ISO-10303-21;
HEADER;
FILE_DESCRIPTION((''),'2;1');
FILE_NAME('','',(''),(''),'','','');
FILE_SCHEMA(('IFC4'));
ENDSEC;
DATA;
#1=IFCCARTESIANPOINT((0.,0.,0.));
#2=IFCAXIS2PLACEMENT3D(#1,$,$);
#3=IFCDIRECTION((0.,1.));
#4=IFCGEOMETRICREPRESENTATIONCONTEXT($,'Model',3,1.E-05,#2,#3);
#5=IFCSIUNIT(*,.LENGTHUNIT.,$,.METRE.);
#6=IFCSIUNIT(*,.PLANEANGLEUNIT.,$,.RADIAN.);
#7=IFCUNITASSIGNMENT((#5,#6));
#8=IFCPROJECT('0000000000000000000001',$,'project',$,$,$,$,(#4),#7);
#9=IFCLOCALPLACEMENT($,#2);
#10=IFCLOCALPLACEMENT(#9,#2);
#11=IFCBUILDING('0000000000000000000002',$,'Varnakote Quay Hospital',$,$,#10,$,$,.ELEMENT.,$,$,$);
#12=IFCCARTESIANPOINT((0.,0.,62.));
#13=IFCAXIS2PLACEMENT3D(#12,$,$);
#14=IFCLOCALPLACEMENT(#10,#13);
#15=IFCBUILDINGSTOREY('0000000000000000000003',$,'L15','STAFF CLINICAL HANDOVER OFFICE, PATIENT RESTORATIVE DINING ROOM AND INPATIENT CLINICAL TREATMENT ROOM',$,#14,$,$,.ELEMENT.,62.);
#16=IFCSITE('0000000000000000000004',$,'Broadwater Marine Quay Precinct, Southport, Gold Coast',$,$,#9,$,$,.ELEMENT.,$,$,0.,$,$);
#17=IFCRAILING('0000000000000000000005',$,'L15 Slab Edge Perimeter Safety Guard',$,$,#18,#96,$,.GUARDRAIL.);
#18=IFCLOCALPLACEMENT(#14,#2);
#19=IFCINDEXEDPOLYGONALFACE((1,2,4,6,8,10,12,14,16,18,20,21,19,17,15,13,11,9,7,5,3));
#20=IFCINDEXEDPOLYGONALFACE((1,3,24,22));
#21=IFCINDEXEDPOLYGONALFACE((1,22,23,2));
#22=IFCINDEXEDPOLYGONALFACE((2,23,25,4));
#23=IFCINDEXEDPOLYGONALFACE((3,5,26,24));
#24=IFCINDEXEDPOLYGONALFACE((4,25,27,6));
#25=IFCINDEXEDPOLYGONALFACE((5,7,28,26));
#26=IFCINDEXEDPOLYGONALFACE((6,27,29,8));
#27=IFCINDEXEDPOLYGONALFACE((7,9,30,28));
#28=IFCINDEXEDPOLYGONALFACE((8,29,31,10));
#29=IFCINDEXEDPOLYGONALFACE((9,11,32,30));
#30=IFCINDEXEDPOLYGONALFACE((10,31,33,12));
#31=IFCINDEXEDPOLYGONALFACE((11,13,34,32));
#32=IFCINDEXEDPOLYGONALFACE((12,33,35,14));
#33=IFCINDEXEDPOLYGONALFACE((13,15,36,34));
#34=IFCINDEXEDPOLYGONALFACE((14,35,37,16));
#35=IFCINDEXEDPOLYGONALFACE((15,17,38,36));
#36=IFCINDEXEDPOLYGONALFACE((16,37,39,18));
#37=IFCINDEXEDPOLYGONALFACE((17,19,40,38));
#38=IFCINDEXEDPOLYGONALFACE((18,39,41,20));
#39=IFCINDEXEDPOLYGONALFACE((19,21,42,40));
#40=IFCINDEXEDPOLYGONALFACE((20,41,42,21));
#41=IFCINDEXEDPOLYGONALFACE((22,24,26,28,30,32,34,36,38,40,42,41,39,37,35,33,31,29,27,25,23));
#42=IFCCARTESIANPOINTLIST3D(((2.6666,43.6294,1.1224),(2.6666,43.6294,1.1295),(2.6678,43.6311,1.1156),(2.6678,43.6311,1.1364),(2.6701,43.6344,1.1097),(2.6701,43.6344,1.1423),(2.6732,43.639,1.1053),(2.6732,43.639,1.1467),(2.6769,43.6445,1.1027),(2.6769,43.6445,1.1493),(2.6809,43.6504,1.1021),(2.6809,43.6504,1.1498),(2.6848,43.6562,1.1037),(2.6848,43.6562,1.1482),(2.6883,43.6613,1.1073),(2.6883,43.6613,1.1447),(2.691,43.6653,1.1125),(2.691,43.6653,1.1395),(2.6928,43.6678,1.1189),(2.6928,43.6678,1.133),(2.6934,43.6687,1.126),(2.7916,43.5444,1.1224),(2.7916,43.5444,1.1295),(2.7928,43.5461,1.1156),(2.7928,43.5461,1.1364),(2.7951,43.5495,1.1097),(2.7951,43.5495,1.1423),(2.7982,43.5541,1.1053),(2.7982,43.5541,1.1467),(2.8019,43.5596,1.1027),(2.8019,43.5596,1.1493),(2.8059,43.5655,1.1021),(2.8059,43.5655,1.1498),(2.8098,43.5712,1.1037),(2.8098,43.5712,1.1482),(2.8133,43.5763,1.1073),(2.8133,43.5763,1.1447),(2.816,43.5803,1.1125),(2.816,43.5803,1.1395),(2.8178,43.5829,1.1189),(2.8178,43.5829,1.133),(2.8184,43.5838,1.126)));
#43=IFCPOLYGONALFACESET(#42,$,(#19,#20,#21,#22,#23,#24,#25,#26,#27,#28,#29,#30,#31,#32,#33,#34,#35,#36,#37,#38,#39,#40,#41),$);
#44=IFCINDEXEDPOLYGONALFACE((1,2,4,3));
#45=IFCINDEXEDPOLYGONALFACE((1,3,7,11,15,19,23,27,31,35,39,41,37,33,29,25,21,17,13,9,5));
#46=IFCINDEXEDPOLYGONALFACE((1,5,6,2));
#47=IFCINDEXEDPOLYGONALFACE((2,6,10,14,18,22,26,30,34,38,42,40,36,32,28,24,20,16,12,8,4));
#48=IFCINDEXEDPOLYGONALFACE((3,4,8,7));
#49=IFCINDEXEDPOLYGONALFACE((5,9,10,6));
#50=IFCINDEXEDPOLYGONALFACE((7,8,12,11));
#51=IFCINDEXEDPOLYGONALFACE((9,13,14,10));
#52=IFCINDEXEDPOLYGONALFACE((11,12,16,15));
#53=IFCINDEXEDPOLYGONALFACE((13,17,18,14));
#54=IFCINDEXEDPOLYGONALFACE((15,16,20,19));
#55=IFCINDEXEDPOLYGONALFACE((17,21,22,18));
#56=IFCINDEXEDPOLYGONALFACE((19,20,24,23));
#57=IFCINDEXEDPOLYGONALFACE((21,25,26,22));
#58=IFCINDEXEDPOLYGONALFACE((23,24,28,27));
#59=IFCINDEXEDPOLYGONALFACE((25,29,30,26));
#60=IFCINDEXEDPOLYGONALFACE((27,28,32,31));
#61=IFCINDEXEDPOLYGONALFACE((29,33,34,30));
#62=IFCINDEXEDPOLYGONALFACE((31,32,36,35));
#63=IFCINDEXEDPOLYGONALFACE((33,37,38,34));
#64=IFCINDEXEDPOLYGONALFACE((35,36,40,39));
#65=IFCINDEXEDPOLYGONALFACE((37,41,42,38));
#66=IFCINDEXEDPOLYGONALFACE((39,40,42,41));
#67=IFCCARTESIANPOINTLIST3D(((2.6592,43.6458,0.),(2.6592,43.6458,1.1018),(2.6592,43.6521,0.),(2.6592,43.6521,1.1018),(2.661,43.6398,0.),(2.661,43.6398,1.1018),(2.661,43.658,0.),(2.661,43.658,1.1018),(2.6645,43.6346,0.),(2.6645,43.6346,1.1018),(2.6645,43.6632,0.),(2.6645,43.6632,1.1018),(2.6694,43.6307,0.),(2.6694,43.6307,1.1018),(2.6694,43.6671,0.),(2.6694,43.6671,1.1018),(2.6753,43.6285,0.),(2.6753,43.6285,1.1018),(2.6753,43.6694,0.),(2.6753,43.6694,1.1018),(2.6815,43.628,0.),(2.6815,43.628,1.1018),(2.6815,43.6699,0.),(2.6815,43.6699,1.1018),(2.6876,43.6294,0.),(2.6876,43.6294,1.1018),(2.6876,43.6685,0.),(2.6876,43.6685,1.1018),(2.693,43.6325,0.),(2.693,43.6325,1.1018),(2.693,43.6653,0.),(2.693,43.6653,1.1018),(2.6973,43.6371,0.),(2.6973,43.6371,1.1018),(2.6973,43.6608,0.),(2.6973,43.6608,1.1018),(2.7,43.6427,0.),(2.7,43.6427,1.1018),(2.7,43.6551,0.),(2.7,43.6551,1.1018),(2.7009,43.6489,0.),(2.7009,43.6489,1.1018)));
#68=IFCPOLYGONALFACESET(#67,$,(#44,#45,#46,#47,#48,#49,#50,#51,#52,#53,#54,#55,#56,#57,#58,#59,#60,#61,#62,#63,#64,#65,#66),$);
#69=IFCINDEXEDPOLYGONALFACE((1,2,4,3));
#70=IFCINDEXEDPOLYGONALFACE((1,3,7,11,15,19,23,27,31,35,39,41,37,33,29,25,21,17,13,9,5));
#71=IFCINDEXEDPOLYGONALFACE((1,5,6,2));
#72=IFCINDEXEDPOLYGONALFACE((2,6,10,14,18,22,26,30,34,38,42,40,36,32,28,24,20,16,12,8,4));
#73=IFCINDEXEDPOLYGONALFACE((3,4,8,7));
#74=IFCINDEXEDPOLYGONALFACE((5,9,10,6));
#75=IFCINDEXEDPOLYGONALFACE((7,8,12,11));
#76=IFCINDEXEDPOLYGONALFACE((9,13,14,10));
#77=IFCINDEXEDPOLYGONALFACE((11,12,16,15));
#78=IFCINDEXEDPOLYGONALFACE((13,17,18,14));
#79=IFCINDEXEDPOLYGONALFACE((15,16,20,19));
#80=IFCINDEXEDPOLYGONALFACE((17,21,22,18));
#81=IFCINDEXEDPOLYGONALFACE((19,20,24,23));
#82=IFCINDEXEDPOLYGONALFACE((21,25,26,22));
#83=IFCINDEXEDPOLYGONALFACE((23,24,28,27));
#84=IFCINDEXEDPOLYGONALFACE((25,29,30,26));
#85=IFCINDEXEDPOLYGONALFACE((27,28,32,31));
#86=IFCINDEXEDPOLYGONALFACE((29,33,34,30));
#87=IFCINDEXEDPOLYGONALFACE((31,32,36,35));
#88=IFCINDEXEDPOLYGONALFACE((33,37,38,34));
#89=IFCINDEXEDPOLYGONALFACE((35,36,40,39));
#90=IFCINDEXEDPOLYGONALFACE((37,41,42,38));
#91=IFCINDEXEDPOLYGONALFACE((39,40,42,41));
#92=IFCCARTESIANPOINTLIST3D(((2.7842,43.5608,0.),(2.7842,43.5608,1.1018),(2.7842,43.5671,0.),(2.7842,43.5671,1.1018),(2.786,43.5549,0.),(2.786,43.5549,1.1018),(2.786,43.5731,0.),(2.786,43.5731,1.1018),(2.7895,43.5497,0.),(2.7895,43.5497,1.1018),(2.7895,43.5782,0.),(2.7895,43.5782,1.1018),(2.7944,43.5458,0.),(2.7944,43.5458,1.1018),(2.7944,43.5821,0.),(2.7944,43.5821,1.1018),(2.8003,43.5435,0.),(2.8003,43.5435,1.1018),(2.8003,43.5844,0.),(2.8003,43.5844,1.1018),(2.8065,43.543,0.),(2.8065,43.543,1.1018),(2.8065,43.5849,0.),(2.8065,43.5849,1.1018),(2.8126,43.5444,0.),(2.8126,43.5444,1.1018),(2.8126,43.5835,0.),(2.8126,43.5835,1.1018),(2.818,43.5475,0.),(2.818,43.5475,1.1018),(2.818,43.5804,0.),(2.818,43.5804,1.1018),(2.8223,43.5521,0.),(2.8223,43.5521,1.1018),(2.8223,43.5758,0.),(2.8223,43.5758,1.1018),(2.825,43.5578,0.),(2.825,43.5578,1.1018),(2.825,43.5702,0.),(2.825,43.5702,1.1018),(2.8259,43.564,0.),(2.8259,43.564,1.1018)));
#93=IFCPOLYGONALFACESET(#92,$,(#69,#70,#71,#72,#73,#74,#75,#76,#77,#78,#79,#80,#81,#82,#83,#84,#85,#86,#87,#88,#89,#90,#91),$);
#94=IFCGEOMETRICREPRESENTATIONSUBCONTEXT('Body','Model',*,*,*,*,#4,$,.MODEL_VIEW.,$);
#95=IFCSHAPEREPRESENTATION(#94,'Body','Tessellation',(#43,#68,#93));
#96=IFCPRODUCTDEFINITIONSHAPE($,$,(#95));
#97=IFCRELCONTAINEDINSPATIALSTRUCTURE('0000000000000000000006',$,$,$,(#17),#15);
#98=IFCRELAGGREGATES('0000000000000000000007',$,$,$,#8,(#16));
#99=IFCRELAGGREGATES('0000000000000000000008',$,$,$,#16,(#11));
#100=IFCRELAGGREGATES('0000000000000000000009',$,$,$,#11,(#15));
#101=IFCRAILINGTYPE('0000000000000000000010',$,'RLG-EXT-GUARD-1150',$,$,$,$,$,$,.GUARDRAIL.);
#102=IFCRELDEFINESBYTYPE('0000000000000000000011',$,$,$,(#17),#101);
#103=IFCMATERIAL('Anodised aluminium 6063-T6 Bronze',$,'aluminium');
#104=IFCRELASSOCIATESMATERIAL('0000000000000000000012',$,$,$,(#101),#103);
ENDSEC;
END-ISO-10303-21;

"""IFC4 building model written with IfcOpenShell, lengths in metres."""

from ifc_helpers import new_model, si_unit, direction, frame, origin, origin_2d, place, context, subcontext, project, spatial, circle, extrude, material, type_object, element, save


model = new_model("IFC4")

# Units and contexts
model_context = context("Model", 3, precision=1e-05, world=origin(), true_north=direction((0.0, 1.0)))
body_context = subcontext(model_context, "Body", "Model", "MODEL_VIEW")
ifc_project = project(units=[si_unit("LENGTHUNIT", "METRE"), si_unit("PLANEANGLEUNIT", "RADIAN")], contexts=[model_context])

# Site, building, storey
site_placement = place(None, origin())
site = spatial("IfcSite", under=ifc_project, at=site_placement, Name="Broadwater Marine Quay Precinct, Southport, Gold Coast", CompositionType="ELEMENT", RefElevation=0.0)
building_placement = place(site_placement, origin())
building = spatial("IfcBuilding", under=site, at=building_placement, Name="Varnakote Quay Hospital", CompositionType="ELEMENT")
storey_placement = place(building_placement, frame((0.0, 0.0, 62.0)))
storey = spatial("IfcBuildingStorey", under=building, at=storey_placement, Name="L15", Description="STAFF CLINICAL HANDOVER OFFICE, PATIENT RESTORATIVE DINING ROOM AND INPATIENT CLINICAL TREATMENT ROOM", CompositionType="ELEMENT", Elevation=62.0)

# Railing
ifc_material_1 = material(Name="Anodised aluminium 6063-T6 Bronze", Category="aluminium")
railing_type = type_object("IfcRailingType", Name="RLG-EXT-GUARD-1150", PredefinedType="GUARDRAIL", material=ifc_material_1)
railing_1_placement = place(storey_placement, frame((2.6799, 43.6489, 0.0)))
element("IfcRailing", 1, at=railing_1_placement, inside=storey, type_object=railing_type, Name="L15 Slab Edge Perimeter Safety Guard", PredefinedType="GUARDRAIL", context=body_context, shape_type="SweptSolid", body=[
    extrude(circle(Radius=0.0239, at=origin_2d()), frame((0.0, 0.0, 1.126), z_axis=(0.827047, -0.562133, 0.0), x_axis=(0.562133, 0.827047, 0.0)), (0.0, 0.0, 1.0), 0.1511),
    extrude(circle(Radius=0.021, at=origin_2d()), origin(), (0.0, 0.0, 1.0), 1.1018),
    extrude(circle(Radius=0.021, at=origin_2d()), frame((0.125, -0.085, 0.0)), (0.0, 0.0, 1.0), 1.1018),
])

save(model, "model.ifc")
